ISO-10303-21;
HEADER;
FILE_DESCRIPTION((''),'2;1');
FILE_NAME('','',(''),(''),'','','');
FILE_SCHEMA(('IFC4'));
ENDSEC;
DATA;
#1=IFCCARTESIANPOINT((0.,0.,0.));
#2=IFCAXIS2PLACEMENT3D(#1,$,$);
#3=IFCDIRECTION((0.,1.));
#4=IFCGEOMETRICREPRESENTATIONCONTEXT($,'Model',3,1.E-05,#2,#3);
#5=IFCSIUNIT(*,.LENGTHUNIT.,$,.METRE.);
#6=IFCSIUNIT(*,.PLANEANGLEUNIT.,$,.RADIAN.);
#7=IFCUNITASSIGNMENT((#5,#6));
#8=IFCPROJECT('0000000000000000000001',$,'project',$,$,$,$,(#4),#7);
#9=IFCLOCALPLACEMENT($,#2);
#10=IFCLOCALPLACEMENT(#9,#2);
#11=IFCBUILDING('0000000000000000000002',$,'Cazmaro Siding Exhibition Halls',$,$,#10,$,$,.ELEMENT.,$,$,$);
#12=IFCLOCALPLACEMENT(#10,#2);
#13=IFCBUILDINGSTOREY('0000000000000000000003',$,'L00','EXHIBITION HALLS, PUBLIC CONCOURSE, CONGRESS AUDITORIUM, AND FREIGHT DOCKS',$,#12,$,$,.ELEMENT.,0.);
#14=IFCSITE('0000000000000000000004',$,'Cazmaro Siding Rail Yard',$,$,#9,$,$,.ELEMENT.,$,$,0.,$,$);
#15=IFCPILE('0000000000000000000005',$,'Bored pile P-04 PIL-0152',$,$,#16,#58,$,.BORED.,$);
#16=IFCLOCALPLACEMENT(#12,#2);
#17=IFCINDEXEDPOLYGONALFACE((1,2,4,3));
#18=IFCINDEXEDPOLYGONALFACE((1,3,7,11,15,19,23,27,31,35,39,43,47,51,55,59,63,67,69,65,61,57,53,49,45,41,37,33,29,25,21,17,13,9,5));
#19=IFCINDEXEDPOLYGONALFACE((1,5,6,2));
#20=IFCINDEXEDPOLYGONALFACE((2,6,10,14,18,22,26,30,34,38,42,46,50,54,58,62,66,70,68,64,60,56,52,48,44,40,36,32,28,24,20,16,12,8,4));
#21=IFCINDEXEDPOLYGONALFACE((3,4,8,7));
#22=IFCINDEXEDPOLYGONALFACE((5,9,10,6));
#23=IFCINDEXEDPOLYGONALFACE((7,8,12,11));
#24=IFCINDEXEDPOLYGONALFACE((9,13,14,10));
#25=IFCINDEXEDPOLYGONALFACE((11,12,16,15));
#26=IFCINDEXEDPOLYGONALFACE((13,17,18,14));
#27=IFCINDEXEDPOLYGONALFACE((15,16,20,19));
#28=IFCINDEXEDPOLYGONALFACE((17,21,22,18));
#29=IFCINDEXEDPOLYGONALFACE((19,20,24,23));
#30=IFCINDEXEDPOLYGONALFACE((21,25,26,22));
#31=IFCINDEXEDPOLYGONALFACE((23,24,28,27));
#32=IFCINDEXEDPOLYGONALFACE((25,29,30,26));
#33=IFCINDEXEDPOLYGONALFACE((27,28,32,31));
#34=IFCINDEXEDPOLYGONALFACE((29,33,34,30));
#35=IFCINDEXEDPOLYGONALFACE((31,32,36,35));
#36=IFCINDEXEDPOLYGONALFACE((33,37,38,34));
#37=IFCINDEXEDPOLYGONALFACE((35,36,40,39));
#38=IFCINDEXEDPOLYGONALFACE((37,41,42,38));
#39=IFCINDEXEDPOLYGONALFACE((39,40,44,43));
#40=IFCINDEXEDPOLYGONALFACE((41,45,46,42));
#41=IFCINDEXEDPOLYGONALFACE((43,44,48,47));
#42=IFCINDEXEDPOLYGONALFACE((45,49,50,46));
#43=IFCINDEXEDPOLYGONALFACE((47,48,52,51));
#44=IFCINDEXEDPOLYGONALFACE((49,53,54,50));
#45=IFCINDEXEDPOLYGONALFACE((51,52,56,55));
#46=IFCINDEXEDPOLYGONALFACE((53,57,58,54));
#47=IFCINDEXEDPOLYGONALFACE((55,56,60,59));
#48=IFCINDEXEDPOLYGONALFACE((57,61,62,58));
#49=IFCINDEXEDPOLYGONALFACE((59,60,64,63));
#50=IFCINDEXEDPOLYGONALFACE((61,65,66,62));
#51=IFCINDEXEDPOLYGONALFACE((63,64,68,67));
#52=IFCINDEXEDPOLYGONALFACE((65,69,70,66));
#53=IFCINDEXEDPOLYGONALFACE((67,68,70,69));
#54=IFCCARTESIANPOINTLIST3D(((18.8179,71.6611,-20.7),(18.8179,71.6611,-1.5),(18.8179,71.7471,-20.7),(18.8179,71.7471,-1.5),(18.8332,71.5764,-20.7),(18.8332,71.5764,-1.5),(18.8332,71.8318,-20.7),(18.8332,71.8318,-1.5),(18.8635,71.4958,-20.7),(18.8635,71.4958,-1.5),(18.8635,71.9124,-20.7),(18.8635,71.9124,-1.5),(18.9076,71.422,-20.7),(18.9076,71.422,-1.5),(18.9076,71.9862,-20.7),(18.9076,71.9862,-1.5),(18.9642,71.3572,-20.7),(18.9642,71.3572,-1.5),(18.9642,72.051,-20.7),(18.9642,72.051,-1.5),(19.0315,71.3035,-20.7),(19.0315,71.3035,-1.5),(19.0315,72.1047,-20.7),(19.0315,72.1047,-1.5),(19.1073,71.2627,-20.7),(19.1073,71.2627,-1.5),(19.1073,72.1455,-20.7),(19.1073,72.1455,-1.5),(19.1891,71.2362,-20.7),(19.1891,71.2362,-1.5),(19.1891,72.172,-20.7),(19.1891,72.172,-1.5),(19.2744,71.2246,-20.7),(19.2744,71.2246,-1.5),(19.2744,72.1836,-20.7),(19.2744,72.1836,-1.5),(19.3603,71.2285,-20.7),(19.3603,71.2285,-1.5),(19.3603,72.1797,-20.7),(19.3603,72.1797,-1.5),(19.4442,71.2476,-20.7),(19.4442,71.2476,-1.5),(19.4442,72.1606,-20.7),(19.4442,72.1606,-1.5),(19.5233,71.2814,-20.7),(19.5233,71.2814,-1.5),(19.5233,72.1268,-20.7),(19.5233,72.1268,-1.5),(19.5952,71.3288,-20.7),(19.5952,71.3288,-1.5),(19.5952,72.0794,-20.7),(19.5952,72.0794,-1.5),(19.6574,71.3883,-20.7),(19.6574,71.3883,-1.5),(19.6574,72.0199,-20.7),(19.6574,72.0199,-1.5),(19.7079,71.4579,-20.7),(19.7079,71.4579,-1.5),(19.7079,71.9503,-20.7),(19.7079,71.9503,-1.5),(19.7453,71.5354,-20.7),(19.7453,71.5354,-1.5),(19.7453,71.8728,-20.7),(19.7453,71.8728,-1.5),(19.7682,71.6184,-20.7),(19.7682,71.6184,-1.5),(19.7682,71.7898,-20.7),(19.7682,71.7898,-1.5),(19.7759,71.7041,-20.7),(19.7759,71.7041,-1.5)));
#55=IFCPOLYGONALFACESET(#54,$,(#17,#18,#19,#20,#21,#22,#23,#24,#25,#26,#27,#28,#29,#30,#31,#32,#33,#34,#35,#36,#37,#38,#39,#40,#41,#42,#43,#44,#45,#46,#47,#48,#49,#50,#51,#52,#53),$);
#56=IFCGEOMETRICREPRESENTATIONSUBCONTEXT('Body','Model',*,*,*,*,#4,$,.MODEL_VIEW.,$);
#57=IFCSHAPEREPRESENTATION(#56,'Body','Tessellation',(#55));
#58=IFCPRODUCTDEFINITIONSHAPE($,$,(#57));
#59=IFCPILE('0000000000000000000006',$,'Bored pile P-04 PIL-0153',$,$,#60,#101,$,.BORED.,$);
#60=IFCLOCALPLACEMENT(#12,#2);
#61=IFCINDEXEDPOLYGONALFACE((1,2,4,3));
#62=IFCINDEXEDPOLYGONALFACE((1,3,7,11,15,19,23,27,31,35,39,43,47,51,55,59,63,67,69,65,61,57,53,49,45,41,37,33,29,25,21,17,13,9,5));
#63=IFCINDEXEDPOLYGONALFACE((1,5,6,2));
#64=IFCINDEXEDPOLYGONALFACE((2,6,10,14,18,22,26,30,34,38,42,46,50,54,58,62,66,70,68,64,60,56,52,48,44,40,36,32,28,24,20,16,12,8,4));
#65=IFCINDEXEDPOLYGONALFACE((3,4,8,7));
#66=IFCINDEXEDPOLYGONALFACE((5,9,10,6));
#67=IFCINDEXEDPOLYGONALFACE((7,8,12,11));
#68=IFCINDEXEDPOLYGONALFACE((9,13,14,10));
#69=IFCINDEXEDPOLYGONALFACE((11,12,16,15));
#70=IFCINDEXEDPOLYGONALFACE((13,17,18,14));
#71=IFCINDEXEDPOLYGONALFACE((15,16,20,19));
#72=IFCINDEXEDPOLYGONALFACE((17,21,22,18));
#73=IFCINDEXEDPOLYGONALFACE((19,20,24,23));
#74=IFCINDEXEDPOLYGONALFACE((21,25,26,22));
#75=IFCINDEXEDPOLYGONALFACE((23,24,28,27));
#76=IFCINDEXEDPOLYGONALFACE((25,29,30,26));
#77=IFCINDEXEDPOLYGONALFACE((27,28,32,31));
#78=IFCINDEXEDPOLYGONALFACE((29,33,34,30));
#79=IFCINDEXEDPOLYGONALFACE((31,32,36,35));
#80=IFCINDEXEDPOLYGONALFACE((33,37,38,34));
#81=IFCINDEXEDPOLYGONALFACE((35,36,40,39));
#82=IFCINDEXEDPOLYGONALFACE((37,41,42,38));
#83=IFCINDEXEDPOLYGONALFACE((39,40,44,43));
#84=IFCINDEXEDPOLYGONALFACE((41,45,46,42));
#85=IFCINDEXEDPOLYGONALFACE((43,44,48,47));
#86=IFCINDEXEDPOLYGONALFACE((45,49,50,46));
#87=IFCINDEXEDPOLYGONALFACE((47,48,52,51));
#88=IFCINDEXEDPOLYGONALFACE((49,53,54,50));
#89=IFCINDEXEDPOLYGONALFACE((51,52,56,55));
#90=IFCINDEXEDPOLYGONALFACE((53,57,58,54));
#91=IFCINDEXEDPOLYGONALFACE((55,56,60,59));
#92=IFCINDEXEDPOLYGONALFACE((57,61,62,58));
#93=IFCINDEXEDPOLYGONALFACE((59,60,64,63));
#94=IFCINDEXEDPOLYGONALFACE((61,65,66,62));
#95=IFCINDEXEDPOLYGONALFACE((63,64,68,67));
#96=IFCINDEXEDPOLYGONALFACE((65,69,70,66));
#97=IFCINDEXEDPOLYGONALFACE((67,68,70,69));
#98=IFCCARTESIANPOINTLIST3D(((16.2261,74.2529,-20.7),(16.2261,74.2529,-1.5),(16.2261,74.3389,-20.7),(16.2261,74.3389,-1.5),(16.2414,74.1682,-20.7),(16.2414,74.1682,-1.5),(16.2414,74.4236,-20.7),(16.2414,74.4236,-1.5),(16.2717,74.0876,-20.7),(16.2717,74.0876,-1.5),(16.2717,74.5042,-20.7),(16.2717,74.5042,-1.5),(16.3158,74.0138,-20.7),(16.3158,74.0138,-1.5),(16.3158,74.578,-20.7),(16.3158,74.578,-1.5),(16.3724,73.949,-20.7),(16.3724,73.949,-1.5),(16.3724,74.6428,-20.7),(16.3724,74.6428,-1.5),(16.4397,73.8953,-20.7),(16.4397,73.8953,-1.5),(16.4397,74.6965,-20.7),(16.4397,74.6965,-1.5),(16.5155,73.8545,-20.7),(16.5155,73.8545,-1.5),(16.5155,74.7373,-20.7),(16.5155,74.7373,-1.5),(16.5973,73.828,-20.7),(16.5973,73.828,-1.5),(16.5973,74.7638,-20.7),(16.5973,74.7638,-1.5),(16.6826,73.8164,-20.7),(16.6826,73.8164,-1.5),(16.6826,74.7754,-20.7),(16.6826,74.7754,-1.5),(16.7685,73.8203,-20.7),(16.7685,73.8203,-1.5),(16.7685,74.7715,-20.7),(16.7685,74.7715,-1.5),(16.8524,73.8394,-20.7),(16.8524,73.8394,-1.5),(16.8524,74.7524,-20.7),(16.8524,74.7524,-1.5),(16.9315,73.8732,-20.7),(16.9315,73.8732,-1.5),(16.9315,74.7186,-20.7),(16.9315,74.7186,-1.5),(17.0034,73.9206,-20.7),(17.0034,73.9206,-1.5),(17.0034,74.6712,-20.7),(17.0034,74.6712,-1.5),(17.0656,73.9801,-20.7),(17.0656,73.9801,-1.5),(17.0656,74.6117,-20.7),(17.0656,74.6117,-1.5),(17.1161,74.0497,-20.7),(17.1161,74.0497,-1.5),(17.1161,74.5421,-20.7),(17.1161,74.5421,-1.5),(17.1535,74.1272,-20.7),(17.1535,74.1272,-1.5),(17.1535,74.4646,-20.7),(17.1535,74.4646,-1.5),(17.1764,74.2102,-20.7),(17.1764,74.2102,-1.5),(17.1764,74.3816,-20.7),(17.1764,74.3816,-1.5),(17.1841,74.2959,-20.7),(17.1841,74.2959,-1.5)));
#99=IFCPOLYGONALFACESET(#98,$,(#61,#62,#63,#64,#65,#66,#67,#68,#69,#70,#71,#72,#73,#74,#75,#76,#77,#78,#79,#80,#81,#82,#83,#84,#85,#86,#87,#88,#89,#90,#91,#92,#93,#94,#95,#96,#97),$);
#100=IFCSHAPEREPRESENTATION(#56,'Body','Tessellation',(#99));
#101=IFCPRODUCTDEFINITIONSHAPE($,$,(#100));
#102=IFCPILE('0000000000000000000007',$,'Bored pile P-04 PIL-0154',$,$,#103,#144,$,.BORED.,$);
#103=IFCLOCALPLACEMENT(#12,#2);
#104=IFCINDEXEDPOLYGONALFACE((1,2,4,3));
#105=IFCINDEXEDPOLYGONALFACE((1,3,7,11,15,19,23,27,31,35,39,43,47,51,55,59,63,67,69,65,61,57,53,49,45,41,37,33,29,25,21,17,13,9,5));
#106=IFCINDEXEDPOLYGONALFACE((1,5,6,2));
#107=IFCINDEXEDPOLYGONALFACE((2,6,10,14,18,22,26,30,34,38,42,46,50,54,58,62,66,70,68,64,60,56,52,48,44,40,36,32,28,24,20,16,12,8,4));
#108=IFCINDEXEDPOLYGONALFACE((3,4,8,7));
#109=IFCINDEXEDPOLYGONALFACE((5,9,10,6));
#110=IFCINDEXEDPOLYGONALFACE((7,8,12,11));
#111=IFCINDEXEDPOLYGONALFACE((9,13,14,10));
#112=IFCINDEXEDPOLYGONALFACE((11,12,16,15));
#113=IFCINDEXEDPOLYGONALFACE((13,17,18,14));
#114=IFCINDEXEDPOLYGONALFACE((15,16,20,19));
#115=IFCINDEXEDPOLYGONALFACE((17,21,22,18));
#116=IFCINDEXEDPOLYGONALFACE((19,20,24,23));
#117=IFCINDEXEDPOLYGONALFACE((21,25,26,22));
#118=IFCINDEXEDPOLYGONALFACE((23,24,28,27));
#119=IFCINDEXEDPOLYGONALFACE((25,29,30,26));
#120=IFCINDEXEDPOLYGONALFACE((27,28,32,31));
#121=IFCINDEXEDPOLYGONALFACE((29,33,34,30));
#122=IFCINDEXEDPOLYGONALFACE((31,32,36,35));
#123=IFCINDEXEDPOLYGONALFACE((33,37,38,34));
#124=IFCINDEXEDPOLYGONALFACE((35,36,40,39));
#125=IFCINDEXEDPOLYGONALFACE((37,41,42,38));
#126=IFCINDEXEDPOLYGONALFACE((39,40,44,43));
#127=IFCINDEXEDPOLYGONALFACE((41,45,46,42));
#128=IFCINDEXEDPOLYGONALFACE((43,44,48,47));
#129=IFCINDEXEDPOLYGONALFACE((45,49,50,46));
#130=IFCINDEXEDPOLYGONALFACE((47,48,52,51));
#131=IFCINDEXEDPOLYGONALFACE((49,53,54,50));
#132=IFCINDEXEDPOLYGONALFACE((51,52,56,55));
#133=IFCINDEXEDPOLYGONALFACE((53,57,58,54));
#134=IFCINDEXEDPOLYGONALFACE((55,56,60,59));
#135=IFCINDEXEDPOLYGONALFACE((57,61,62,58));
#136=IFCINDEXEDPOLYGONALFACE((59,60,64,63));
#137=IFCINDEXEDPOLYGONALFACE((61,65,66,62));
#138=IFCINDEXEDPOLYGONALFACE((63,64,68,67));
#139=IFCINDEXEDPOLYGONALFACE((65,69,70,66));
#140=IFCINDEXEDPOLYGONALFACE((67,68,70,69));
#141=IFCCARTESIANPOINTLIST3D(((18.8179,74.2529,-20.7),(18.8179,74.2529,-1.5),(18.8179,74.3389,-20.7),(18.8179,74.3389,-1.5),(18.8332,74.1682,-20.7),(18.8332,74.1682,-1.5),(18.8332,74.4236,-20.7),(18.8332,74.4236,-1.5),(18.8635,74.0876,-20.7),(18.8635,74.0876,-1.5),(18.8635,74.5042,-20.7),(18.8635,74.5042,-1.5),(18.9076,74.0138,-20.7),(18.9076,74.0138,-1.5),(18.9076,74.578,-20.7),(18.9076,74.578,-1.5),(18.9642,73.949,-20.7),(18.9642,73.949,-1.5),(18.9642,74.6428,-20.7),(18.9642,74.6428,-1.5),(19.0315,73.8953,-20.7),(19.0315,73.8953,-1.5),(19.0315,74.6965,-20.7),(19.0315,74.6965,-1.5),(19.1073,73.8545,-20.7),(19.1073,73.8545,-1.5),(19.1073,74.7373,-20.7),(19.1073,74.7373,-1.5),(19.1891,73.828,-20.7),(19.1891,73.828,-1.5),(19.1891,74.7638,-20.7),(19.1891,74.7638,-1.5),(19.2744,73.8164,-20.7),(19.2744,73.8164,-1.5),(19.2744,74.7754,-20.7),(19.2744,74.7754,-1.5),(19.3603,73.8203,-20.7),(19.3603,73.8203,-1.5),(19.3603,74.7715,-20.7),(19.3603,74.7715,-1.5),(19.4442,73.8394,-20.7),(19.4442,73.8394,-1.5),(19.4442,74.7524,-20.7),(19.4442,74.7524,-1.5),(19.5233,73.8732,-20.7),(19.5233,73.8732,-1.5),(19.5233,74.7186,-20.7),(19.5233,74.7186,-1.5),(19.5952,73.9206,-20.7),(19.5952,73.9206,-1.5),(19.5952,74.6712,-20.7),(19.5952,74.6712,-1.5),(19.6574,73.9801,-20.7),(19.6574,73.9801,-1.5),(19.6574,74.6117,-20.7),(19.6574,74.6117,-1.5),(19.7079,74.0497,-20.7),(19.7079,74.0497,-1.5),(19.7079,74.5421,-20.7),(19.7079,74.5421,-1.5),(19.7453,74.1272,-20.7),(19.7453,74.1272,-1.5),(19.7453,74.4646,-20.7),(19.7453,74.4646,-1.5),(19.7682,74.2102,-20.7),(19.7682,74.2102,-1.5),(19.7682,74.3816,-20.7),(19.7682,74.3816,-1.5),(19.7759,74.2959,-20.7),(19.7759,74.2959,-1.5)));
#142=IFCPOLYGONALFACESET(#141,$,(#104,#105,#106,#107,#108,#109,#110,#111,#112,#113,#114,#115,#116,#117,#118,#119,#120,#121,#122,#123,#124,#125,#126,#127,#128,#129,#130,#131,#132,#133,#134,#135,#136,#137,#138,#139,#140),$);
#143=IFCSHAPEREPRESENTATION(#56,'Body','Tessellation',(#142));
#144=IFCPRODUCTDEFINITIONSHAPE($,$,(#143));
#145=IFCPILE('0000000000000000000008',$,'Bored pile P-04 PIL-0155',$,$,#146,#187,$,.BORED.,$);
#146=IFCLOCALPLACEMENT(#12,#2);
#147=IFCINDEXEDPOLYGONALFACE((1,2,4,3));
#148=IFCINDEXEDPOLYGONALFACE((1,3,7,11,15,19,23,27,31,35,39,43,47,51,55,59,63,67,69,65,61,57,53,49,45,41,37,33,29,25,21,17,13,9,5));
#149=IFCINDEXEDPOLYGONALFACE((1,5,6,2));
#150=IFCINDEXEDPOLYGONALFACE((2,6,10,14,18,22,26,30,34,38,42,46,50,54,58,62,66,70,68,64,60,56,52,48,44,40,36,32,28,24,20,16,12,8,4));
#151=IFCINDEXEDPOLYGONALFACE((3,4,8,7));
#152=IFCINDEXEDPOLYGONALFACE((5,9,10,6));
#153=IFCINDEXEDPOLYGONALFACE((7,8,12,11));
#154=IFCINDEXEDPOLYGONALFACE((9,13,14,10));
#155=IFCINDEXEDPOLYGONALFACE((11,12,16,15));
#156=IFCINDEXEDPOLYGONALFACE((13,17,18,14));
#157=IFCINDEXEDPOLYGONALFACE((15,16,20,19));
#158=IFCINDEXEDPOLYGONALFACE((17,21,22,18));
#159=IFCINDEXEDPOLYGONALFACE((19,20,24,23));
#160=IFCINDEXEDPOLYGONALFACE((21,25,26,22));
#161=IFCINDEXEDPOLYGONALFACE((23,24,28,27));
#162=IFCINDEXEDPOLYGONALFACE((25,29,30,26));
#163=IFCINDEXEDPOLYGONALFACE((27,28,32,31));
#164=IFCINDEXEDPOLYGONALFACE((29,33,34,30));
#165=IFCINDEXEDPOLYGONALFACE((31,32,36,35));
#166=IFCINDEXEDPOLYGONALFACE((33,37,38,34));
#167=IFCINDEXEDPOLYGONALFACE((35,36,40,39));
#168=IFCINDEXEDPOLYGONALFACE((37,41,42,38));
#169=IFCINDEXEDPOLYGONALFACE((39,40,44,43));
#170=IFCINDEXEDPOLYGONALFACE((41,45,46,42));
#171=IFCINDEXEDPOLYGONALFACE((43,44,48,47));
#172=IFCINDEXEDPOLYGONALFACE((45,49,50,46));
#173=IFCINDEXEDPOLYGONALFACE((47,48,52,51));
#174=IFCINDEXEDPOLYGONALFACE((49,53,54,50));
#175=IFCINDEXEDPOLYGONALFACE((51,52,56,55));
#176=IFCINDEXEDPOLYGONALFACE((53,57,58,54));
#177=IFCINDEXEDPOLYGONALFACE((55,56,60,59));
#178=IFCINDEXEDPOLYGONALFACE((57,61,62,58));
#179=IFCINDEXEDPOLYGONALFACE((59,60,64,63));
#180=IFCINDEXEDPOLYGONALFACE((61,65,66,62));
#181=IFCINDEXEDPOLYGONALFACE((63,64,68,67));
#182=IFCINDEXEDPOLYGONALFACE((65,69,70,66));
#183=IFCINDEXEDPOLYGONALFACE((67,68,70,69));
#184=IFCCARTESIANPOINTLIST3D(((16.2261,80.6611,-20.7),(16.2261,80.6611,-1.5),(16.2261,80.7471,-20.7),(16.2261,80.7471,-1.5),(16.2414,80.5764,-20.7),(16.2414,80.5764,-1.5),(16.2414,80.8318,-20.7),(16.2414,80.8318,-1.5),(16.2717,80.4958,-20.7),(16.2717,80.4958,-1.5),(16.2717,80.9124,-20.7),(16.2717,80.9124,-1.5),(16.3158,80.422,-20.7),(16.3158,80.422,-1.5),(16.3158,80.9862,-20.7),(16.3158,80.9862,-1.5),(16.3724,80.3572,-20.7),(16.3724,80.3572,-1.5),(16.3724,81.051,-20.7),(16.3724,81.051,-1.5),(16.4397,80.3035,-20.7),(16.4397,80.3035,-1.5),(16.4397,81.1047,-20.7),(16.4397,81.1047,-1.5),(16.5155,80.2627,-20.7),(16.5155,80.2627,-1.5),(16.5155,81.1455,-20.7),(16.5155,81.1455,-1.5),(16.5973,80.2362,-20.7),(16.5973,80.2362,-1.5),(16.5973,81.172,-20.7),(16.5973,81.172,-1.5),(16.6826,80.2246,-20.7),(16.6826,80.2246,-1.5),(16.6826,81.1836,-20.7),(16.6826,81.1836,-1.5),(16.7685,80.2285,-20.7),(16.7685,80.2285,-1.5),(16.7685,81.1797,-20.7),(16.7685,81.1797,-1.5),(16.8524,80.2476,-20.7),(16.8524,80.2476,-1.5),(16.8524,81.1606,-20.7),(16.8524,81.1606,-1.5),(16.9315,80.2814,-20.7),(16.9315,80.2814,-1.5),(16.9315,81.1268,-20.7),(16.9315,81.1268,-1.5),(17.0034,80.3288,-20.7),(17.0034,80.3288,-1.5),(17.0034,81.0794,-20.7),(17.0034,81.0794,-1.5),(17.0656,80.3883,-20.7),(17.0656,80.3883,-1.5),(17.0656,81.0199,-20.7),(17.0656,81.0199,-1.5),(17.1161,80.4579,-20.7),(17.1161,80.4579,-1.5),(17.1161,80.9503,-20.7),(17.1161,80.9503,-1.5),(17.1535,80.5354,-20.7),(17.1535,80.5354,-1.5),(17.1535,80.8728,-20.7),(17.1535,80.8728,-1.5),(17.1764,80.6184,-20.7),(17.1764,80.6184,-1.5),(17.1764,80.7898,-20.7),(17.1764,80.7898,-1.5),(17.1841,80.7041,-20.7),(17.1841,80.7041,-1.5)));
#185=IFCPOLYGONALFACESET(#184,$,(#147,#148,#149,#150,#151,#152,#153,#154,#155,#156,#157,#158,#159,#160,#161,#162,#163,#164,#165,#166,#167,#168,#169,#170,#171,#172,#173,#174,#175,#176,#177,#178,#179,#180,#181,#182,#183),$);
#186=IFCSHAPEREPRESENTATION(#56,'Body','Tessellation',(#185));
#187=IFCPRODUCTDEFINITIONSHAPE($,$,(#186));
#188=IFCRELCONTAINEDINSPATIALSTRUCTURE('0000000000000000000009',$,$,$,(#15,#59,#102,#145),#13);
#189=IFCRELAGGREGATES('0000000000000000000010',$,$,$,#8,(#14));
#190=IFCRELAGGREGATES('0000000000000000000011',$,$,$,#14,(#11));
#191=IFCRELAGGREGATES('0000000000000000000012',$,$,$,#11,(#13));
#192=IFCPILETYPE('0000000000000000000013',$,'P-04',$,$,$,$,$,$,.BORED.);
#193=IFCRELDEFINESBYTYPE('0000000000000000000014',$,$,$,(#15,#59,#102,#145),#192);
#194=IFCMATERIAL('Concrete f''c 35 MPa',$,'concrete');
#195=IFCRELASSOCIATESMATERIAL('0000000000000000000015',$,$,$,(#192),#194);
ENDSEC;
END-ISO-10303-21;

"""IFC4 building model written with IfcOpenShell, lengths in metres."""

from ifc_helpers import new_model, si_unit, direction, frame, origin, origin_2d, place, context, subcontext, project, spatial, circle, extrude, material, material_profile, profile_set, type_object, element, save


model = new_model("IFC4")

# Units and contexts
model_context = context("Model", 3, precision=1e-05, world=origin(), true_north=direction((0.0, 1.0)))
body_context = subcontext(model_context, "Body", "Model", "MODEL_VIEW")
ifc_project = project(units=[si_unit("LENGTHUNIT", "METRE"), si_unit("PLANEANGLEUNIT", "RADIAN")], contexts=[model_context])

# Site, building, storey
site_placement = place(None, origin())
site = spatial("IfcSite", under=ifc_project, at=site_placement, Name="Cazmaro Siding Rail Yard", CompositionType="ELEMENT", RefElevation=0.0)
building_placement = place(site_placement, origin())
building = spatial("IfcBuilding", under=site, at=building_placement, Name="Cazmaro Siding Exhibition Halls", CompositionType="ELEMENT")
storey_placement = place(building_placement, origin())
storey = spatial("IfcBuildingStorey", under=building, at=storey_placement, Name="L00", Description="EXHIBITION HALLS, PUBLIC CONCOURSE, CONGRESS AUDITORIUM, AND FREIGHT DOCKS", CompositionType="ELEMENT", Elevation=0.0)

# Piles
ifc_material_1 = material(Name="Concrete f'c 35 MPa", Category="concrete")
ifc_material_profile_1 = material_profile(ifc_material_1, circle(Radius=0.48, at=origin_2d()), Name="CIDH-960")
ifc_profile_set_1 = profile_set([ifc_material_profile_1], Name="Concrete f'c 35 MPa")
pile_type = type_object("IfcPileType", Name="P-04", PredefinedType="BORED", material=ifc_profile_set_1)
for number, where, z_axis, x_axis, name in (
    (1, (19.2959, 71.7041, -1.5), (0.0, 0.0, -1.0), (1.0, 0.0, 0.0), "Bored pile P-04 PIL-0152"),
    (2, (16.7041, 74.2959, -1.5), (0.0, 0.0, -1.0), (1.0, 0.0, 0.0), "Bored pile P-04 PIL-0153"),
    (3, (19.2959, 74.2959, -1.5), (0.0, 0.0, -1.0), (1.0, 0.0, 0.0), "Bored pile P-04 PIL-0154"),
    (4, (16.7041, 80.7041, -1.5), (0.0, 0.0, -1.0), (1.0, 0.0, 0.0), "Bored pile P-04 PIL-0155"),
):
    element("IfcPile", number, at=place(storey_placement, frame(where, z_axis=z_axis, x_axis=x_axis)), inside=storey, type_object=pile_type, Name=name, PredefinedType="BORED", context=body_context, shape_type="SweptSolid", body=[
        extrude(circle(Radius=0.48, at=origin_2d()), origin(), (0.0, 0.0, 1.0), 19.2),
    ])

save(model, "model.ifc")
